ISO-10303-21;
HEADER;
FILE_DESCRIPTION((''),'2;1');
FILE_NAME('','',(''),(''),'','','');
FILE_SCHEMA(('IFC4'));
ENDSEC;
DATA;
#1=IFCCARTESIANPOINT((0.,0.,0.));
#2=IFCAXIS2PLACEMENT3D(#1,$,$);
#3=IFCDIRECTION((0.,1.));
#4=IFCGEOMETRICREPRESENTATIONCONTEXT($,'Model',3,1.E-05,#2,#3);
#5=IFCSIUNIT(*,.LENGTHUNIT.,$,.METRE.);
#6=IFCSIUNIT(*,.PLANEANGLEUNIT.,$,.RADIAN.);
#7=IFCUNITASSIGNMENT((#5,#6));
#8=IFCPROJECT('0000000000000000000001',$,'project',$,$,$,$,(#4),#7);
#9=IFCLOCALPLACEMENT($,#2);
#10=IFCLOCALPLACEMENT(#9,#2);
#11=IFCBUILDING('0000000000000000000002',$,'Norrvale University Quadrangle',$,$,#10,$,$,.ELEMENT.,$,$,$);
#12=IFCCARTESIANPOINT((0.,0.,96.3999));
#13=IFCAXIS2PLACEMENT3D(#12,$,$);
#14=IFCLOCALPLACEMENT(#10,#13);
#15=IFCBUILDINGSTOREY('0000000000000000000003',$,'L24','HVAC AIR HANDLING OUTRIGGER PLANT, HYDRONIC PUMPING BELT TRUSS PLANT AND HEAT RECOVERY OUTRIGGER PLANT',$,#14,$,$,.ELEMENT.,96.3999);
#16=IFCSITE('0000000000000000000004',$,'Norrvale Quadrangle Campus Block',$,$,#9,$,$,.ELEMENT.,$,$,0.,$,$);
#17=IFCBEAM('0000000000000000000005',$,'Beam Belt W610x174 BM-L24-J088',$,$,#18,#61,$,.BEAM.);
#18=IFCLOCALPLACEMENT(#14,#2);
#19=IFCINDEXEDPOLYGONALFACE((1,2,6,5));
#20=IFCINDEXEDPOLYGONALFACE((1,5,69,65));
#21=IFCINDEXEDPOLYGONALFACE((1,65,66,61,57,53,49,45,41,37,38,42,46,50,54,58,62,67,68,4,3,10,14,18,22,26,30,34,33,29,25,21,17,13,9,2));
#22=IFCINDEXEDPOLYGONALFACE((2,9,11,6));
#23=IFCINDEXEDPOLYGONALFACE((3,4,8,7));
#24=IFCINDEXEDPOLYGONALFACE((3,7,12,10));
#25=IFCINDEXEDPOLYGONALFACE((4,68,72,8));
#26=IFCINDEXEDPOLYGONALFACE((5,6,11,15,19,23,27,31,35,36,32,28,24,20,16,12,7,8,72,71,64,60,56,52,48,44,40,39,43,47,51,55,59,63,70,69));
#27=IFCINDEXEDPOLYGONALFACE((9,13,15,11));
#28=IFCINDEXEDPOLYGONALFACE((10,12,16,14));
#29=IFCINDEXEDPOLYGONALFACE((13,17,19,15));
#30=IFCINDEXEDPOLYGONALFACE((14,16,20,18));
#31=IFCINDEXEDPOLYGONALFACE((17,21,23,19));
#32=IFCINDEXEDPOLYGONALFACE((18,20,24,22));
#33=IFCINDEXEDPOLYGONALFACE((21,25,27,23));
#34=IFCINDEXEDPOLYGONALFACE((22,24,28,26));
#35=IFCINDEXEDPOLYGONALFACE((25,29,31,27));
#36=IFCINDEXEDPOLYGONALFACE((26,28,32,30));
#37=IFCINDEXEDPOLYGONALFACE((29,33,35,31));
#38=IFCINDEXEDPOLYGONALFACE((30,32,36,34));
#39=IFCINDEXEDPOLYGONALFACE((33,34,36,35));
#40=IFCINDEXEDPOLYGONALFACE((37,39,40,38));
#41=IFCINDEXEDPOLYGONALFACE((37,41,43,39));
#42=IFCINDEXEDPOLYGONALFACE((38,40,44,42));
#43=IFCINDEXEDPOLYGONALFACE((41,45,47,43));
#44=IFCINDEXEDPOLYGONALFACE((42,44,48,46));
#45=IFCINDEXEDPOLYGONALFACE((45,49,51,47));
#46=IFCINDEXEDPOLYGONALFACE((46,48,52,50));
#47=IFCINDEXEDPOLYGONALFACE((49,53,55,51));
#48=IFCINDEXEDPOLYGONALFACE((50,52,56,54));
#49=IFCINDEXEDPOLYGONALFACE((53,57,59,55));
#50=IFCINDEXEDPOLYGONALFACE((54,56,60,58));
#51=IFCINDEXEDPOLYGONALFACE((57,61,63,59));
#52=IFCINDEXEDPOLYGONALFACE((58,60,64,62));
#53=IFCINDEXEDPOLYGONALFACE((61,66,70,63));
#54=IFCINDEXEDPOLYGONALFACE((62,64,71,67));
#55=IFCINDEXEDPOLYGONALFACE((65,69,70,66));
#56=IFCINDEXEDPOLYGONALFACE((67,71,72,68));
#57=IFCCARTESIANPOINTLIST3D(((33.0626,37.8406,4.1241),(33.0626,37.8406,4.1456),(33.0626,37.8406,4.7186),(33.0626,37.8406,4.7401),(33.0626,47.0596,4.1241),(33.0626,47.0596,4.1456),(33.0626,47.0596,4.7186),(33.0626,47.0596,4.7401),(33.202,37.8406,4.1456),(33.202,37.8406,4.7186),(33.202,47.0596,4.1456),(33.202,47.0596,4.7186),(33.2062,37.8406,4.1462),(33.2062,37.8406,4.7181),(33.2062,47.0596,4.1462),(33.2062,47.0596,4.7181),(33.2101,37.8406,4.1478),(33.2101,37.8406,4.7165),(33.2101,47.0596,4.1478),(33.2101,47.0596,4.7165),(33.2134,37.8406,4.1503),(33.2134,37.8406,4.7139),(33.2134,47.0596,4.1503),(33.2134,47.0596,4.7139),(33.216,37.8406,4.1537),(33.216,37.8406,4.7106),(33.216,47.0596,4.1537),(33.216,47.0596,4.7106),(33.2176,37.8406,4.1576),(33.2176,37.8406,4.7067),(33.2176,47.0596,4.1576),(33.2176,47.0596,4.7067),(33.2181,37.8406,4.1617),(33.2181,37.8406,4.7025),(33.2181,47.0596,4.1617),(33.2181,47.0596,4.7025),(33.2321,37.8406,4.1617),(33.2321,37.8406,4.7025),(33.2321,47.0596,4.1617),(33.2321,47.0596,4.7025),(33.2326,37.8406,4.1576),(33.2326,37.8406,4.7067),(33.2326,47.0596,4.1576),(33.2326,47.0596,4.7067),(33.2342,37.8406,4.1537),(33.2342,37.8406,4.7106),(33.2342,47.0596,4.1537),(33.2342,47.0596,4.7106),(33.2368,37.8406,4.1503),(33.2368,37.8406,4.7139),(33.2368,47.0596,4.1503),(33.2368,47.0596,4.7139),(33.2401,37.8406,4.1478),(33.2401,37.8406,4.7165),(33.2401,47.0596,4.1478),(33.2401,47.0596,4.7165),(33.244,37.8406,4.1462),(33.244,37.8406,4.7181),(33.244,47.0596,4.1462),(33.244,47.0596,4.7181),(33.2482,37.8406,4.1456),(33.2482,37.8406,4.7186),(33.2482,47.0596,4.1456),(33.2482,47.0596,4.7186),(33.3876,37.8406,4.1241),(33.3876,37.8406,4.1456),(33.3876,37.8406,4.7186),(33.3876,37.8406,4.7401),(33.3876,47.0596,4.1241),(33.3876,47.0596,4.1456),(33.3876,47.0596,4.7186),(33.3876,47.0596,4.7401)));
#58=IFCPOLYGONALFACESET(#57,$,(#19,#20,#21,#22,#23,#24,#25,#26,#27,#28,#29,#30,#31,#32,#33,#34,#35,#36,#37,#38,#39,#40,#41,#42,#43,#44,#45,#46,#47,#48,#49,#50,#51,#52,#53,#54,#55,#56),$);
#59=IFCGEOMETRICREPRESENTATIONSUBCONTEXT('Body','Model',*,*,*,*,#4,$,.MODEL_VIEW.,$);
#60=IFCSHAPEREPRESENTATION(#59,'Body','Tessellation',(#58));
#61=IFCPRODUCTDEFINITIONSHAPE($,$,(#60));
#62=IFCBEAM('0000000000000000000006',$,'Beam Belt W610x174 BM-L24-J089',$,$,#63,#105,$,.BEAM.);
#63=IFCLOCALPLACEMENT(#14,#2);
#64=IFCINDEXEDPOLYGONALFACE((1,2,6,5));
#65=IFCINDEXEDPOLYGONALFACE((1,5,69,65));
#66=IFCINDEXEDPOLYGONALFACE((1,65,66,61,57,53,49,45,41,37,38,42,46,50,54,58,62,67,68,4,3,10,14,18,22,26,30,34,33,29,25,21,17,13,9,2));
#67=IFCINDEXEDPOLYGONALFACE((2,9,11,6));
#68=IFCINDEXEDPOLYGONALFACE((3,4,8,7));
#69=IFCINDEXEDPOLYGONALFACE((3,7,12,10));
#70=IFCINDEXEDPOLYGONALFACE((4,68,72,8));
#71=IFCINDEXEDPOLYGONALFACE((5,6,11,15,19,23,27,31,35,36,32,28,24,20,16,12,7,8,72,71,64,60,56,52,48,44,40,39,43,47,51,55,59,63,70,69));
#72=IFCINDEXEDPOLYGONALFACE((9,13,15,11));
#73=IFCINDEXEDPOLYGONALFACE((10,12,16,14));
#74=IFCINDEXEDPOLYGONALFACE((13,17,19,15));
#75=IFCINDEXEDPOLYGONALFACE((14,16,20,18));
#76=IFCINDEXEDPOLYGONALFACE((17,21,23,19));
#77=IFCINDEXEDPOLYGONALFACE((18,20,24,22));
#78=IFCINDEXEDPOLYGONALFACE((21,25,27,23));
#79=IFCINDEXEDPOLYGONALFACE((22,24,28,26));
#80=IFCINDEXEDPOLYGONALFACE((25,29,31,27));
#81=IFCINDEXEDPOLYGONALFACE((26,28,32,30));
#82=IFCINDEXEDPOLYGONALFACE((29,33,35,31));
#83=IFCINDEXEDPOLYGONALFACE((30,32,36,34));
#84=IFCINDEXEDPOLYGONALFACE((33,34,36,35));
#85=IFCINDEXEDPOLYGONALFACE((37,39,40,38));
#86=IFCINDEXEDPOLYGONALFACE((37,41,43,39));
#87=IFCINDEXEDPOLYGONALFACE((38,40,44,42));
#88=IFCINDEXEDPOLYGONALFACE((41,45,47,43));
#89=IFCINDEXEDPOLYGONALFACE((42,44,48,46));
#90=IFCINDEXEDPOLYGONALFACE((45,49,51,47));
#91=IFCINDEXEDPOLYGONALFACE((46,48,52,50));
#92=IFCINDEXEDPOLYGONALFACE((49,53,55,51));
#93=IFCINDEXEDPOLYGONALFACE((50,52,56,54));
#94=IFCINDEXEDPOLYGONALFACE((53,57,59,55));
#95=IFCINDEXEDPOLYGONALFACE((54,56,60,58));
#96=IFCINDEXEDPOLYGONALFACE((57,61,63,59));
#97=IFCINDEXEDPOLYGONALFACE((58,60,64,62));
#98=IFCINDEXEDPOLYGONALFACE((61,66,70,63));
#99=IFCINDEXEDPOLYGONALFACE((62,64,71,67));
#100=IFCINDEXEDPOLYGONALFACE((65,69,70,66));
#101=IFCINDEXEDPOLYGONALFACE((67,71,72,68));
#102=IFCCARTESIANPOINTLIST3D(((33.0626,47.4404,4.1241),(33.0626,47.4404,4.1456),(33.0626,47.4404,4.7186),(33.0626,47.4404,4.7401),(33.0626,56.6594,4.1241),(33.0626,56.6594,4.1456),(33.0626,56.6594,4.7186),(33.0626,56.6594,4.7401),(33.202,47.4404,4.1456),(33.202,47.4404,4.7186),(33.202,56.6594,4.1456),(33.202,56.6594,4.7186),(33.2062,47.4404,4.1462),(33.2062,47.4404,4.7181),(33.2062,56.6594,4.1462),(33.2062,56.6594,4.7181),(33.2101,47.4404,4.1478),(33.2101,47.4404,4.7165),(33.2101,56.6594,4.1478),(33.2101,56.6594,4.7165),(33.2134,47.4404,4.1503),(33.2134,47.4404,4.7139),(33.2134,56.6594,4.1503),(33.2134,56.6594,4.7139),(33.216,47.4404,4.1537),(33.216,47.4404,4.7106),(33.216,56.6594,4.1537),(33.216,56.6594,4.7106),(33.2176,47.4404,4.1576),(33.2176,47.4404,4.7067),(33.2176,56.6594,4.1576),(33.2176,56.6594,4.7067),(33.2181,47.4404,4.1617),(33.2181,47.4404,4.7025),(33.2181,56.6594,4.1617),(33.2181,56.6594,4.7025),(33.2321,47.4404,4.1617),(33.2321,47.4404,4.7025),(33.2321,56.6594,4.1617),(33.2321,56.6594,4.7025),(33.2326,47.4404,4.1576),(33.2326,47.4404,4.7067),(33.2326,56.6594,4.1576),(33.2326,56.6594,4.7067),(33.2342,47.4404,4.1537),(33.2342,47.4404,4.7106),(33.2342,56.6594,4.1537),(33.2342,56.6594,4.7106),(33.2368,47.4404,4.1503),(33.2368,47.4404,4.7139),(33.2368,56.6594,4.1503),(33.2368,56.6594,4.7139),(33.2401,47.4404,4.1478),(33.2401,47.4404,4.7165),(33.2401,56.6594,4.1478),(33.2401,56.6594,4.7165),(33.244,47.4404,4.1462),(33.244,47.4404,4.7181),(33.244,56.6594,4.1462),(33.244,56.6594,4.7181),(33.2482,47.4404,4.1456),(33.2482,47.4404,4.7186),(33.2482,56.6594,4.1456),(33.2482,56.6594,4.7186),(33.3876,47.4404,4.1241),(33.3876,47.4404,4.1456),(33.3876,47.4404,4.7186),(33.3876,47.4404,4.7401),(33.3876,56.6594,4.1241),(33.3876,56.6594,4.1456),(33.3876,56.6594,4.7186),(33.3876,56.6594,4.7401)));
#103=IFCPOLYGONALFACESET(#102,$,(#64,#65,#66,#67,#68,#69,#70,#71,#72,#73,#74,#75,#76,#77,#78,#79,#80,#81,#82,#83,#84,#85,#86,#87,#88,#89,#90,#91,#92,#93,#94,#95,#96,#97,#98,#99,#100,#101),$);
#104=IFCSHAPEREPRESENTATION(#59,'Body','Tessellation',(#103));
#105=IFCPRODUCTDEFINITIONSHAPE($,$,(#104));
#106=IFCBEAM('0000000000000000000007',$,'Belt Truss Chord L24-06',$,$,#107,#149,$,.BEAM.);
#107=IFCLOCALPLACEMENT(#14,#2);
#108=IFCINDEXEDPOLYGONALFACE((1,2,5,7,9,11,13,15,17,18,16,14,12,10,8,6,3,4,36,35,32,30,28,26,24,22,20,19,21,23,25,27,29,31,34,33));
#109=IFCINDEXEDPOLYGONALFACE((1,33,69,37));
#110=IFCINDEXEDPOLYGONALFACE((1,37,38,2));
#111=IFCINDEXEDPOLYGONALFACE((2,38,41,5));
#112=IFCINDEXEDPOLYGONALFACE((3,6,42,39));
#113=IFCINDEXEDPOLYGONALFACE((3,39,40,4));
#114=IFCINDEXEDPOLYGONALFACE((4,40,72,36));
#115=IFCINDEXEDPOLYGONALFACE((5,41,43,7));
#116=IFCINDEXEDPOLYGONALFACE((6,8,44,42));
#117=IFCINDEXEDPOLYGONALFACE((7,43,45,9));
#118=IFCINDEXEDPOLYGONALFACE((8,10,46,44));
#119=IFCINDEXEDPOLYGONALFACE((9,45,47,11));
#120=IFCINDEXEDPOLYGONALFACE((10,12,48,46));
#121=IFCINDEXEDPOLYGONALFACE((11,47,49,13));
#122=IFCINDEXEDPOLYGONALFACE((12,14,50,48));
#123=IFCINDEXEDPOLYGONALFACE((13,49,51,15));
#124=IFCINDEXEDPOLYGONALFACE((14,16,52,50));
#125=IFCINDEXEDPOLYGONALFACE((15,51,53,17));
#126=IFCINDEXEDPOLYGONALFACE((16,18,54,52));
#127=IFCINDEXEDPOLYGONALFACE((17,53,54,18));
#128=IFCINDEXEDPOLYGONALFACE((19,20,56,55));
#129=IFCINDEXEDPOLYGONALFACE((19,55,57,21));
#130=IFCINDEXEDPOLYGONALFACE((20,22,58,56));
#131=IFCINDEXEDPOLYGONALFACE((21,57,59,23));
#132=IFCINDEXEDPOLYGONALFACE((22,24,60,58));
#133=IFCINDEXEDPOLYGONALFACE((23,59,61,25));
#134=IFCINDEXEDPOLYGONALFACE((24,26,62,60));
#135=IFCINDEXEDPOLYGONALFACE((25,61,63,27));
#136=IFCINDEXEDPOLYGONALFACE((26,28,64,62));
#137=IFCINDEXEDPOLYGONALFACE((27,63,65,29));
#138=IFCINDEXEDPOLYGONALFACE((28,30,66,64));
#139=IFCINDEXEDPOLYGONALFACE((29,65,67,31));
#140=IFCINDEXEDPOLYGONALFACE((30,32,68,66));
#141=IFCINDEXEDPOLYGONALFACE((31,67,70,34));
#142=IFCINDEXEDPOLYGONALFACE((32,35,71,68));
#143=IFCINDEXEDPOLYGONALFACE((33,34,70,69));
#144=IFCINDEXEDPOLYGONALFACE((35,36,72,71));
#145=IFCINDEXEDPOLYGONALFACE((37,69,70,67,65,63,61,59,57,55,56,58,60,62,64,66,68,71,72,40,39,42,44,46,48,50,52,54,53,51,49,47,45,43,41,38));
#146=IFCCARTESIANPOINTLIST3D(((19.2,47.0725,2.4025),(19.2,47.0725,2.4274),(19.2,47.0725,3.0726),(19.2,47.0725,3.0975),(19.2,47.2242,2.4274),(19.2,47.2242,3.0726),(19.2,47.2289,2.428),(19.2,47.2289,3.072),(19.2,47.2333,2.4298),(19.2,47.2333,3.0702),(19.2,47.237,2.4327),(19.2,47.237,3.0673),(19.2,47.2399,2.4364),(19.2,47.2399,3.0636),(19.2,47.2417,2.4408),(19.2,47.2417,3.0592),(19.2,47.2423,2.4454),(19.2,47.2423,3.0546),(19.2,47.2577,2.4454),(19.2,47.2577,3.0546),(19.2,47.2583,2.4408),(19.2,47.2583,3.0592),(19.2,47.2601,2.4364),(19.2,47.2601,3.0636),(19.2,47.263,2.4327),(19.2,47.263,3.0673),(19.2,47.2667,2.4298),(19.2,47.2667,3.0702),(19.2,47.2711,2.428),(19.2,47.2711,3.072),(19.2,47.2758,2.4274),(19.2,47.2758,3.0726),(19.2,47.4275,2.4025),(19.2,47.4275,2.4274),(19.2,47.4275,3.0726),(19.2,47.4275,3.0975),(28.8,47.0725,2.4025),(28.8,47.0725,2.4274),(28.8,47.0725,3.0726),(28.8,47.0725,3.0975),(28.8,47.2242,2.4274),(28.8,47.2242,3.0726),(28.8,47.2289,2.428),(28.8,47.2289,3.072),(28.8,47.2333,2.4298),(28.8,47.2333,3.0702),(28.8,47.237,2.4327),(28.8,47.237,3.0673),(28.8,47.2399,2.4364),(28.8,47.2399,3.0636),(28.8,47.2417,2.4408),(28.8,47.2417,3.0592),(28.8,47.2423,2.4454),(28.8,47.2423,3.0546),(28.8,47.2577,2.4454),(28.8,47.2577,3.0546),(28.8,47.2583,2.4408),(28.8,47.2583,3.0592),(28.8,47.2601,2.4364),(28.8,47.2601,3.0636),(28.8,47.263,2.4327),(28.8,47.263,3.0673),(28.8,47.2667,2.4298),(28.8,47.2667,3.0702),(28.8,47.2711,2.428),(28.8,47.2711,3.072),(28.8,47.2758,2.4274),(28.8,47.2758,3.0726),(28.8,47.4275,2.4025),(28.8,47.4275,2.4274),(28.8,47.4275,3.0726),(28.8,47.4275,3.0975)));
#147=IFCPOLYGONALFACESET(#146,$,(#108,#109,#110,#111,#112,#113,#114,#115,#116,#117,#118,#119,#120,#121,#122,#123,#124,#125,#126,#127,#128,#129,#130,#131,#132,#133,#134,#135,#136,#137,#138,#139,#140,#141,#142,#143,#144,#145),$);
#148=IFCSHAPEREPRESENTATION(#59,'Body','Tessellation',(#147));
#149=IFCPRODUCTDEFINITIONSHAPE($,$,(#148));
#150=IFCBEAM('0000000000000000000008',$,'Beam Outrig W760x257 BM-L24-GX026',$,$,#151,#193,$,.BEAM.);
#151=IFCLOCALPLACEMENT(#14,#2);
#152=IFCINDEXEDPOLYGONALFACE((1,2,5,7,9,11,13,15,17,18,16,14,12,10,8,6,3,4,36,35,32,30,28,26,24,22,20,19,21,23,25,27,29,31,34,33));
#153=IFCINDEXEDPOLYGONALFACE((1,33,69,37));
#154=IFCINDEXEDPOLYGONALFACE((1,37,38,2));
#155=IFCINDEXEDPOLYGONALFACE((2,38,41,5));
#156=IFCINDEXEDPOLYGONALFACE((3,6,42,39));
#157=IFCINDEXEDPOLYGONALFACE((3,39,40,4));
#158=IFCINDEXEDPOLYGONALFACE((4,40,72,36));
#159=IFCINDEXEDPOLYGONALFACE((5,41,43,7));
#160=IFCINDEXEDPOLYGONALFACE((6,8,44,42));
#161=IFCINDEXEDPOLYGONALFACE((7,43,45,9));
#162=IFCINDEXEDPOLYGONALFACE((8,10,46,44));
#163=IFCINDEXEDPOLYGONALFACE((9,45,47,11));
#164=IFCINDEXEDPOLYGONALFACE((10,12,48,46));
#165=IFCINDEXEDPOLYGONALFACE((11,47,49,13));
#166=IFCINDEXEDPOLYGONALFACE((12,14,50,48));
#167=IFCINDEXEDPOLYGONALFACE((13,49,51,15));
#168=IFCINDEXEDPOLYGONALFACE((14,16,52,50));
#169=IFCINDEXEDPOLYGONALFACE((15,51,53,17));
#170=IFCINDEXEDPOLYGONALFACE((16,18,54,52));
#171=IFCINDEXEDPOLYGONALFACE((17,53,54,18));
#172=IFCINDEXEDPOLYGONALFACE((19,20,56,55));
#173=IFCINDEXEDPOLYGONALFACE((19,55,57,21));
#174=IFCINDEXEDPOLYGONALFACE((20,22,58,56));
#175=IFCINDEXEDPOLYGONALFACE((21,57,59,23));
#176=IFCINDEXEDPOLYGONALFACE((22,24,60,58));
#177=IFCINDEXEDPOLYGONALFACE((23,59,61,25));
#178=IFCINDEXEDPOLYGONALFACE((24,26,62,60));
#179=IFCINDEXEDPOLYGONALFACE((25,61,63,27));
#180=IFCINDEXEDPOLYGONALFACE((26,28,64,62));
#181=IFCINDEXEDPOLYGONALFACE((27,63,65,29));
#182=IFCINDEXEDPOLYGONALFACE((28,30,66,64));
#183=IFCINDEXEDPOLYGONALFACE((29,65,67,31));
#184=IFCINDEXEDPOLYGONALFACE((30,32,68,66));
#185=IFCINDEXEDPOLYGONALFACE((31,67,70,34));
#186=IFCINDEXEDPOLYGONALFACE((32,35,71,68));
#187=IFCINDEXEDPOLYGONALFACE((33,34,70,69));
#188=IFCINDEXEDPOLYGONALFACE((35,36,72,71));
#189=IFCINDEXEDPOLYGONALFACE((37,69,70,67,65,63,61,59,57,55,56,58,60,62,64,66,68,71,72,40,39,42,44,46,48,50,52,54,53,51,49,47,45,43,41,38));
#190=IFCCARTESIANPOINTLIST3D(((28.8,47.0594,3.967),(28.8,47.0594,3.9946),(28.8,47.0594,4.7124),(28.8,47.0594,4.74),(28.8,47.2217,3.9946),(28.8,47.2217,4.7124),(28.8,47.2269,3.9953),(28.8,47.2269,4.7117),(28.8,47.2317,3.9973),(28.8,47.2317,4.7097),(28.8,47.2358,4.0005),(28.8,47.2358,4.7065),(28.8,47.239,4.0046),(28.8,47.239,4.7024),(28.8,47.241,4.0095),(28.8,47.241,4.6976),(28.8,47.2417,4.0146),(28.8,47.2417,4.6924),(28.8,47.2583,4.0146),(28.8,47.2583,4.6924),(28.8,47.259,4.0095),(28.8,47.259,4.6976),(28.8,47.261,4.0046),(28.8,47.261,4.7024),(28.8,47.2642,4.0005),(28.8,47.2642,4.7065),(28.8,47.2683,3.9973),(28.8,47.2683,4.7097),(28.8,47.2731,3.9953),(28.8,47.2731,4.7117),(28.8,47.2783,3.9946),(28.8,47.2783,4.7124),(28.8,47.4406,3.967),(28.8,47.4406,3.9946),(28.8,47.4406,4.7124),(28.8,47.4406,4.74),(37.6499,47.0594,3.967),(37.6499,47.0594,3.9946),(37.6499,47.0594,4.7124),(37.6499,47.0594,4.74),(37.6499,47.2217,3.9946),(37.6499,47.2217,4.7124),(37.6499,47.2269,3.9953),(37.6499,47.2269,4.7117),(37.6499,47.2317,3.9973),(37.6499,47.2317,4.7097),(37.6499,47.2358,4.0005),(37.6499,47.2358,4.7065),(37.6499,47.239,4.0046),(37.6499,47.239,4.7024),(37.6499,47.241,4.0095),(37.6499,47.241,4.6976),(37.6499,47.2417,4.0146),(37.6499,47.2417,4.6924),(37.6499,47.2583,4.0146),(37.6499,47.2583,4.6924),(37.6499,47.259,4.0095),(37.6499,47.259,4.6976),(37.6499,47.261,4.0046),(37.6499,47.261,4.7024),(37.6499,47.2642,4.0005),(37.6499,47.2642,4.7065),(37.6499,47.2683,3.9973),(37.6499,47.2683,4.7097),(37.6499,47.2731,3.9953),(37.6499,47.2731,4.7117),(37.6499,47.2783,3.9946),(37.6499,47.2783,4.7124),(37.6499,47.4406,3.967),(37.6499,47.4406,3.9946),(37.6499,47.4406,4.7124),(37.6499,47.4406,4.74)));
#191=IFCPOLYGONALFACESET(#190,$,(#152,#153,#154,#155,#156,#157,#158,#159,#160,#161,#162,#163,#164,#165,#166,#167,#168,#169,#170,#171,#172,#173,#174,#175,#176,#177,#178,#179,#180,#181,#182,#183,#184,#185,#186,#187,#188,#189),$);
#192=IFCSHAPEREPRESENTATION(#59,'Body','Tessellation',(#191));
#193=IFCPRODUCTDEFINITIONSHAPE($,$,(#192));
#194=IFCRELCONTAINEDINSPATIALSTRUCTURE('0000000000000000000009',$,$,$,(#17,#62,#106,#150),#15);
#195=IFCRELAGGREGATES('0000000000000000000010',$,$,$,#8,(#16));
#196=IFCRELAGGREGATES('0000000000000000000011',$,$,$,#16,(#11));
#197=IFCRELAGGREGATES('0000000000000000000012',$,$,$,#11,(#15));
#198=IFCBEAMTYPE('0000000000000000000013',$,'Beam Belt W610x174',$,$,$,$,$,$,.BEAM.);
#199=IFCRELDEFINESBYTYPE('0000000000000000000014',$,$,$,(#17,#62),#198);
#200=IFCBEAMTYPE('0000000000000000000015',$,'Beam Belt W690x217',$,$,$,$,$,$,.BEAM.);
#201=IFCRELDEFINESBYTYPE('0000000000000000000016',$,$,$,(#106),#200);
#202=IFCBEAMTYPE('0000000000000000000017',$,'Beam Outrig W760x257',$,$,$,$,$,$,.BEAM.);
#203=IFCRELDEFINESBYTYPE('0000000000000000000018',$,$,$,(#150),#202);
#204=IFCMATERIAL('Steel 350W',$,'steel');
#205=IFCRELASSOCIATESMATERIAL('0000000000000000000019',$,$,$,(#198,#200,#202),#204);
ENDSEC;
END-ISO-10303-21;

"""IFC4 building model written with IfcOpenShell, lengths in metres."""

from ifc_helpers import new_model, si_unit, direction, frame, origin, origin_2d, place, context, subcontext, project, spatial, i_section, extrude, material, material_profile, profile_set, type_object, element, save


model = new_model("IFC4")

# Units and contexts
model_context = context("Model", 3, precision=1e-05, world=origin(), true_north=direction((0.0, 1.0)))
body_context = subcontext(model_context, "Body", "Model", "MODEL_VIEW")
ifc_project = project(units=[si_unit("LENGTHUNIT", "METRE"), si_unit("PLANEANGLEUNIT", "RADIAN")], contexts=[model_context])

# Site, building, storey
site_placement = place(None, origin())
site = spatial("IfcSite", under=ifc_project, at=site_placement, Name="Norrvale Quadrangle Campus Block", CompositionType="ELEMENT", RefElevation=0.0)
building_placement = place(site_placement, origin())
building = spatial("IfcBuilding", under=site, at=building_placement, Name="Norrvale University Quadrangle", CompositionType="ELEMENT")
storey_placement = place(building_placement, frame((0.0, 0.0, 96.3999)))
storey = spatial("IfcBuildingStorey", under=building, at=storey_placement, Name="L24", Description="HVAC AIR HANDLING OUTRIGGER PLANT, HYDRONIC PUMPING BELT TRUSS PLANT AND HEAT RECOVERY OUTRIGGER PLANT", CompositionType="ELEMENT", Elevation=96.3999)

# Beams
ifc_material_1 = material(Name="Steel 350W", Category="steel")
ifc_material_profile_1 = material_profile(ifc_material_1, i_section(OverallWidth=0.325, OverallDepth=0.616, WebThickness=0.0139, FlangeThickness=0.0215, FilletRadius=0.0161, at=origin_2d()), Name="Steel 350W")
ifc_profile_set_1 = profile_set([ifc_material_profile_1], Name="Steel 350W")
beam_type_1 = type_object("IfcBeamType", Name="Beam Belt W610x174", PredefinedType="BEAM", material=ifc_profile_set_1)
for number, where, z_axis, x_axis, name in (
    (1, (33.2251, 37.8406, 4.4321), (0.0, 1.0, 0.0), (-1.0, 0.0, 0.0), "Beam Belt W610x174 BM-L24-J088"),
    (2, (33.2251, 47.4404, 4.4321), (0.0, 1.0, 0.0), (-1.0, 0.0, 0.0), "Beam Belt W610x174 BM-L24-J089"),
):
    element("IfcBeam", number, at=place(storey_placement, frame(where, z_axis=z_axis, x_axis=x_axis)), inside=storey, type_object=beam_type_1, Name=name, PredefinedType="BEAM", context=body_context, shape_type="SweptSolid", body=[
        extrude(i_section(OverallWidth=0.325, OverallDepth=0.616, WebThickness=0.0139, FlangeThickness=0.0215, FilletRadius=0.0161, at=origin_2d()), origin(), (0.0, 0.0, 1.0), 9.219),
    ])
ifc_material_profile_2 = material_profile(ifc_material_1, i_section(OverallWidth=0.355, OverallDepth=0.6951, WebThickness=0.0154, FlangeThickness=0.0249, FilletRadius=0.0181, at=origin_2d()), Name="Steel 350W")
ifc_profile_set_2 = profile_set([ifc_material_profile_2], Name="Steel 350W")
beam_type_2 = type_object("IfcBeamType", Name="Beam Belt W690x217", PredefinedType="BEAM", material=ifc_profile_set_2)
beam_1_placement = place(storey_placement, frame((19.2, 47.25, 2.75), z_axis=(1.0, 0.0, 0.0), x_axis=(0.0, 1.0, 0.0)))
element("IfcBeam", 3, at=beam_1_placement, inside=storey, type_object=beam_type_2, Name="Belt Truss Chord L24-06", PredefinedType="BEAM", context=body_context, shape_type="SweptSolid", body=[
    extrude(i_section(OverallWidth=0.355, OverallDepth=0.6951, WebThickness=0.0154, FlangeThickness=0.0249, FilletRadius=0.0181, at=origin_2d()), origin(), (0.0, 0.0, 1.0), 9.6001),
])
ifc_material_profile_3 = material_profile(ifc_material_1, i_section(OverallWidth=0.3811, OverallDepth=0.7729, WebThickness=0.0166, FlangeThickness=0.0276, FilletRadius=0.02, at=origin_2d()), Name="Steel 350W")
ifc_profile_set_3 = profile_set([ifc_material_profile_3], Name="Steel 350W")
beam_type_3 = type_object("IfcBeamType", Name="Beam Outrig W760x257", PredefinedType="BEAM", material=ifc_profile_set_3)
for number, where, z_axis, x_axis, name in (
    (4, (28.8, 47.25, 4.3535), (1.0, 0.0, 0.0), (0.0, 1.0, 0.0), "Beam Outrig W760x257 BM-L24-GX026"),
):
    element("IfcBeam", number, at=place(storey_placement, frame(where, z_axis=z_axis, x_axis=x_axis)), inside=storey, type_object=beam_type_3, Name=name, PredefinedType="BEAM", context=body_context, shape_type="SweptSolid", body=[
        extrude(i_section(OverallWidth=0.3811, OverallDepth=0.7729, WebThickness=0.0166, FlangeThickness=0.0276, FilletRadius=0.02, at=origin_2d()), origin(), (0.0, 0.0, 1.0), 8.8499),
    ])

save(model, "model.ifc")
